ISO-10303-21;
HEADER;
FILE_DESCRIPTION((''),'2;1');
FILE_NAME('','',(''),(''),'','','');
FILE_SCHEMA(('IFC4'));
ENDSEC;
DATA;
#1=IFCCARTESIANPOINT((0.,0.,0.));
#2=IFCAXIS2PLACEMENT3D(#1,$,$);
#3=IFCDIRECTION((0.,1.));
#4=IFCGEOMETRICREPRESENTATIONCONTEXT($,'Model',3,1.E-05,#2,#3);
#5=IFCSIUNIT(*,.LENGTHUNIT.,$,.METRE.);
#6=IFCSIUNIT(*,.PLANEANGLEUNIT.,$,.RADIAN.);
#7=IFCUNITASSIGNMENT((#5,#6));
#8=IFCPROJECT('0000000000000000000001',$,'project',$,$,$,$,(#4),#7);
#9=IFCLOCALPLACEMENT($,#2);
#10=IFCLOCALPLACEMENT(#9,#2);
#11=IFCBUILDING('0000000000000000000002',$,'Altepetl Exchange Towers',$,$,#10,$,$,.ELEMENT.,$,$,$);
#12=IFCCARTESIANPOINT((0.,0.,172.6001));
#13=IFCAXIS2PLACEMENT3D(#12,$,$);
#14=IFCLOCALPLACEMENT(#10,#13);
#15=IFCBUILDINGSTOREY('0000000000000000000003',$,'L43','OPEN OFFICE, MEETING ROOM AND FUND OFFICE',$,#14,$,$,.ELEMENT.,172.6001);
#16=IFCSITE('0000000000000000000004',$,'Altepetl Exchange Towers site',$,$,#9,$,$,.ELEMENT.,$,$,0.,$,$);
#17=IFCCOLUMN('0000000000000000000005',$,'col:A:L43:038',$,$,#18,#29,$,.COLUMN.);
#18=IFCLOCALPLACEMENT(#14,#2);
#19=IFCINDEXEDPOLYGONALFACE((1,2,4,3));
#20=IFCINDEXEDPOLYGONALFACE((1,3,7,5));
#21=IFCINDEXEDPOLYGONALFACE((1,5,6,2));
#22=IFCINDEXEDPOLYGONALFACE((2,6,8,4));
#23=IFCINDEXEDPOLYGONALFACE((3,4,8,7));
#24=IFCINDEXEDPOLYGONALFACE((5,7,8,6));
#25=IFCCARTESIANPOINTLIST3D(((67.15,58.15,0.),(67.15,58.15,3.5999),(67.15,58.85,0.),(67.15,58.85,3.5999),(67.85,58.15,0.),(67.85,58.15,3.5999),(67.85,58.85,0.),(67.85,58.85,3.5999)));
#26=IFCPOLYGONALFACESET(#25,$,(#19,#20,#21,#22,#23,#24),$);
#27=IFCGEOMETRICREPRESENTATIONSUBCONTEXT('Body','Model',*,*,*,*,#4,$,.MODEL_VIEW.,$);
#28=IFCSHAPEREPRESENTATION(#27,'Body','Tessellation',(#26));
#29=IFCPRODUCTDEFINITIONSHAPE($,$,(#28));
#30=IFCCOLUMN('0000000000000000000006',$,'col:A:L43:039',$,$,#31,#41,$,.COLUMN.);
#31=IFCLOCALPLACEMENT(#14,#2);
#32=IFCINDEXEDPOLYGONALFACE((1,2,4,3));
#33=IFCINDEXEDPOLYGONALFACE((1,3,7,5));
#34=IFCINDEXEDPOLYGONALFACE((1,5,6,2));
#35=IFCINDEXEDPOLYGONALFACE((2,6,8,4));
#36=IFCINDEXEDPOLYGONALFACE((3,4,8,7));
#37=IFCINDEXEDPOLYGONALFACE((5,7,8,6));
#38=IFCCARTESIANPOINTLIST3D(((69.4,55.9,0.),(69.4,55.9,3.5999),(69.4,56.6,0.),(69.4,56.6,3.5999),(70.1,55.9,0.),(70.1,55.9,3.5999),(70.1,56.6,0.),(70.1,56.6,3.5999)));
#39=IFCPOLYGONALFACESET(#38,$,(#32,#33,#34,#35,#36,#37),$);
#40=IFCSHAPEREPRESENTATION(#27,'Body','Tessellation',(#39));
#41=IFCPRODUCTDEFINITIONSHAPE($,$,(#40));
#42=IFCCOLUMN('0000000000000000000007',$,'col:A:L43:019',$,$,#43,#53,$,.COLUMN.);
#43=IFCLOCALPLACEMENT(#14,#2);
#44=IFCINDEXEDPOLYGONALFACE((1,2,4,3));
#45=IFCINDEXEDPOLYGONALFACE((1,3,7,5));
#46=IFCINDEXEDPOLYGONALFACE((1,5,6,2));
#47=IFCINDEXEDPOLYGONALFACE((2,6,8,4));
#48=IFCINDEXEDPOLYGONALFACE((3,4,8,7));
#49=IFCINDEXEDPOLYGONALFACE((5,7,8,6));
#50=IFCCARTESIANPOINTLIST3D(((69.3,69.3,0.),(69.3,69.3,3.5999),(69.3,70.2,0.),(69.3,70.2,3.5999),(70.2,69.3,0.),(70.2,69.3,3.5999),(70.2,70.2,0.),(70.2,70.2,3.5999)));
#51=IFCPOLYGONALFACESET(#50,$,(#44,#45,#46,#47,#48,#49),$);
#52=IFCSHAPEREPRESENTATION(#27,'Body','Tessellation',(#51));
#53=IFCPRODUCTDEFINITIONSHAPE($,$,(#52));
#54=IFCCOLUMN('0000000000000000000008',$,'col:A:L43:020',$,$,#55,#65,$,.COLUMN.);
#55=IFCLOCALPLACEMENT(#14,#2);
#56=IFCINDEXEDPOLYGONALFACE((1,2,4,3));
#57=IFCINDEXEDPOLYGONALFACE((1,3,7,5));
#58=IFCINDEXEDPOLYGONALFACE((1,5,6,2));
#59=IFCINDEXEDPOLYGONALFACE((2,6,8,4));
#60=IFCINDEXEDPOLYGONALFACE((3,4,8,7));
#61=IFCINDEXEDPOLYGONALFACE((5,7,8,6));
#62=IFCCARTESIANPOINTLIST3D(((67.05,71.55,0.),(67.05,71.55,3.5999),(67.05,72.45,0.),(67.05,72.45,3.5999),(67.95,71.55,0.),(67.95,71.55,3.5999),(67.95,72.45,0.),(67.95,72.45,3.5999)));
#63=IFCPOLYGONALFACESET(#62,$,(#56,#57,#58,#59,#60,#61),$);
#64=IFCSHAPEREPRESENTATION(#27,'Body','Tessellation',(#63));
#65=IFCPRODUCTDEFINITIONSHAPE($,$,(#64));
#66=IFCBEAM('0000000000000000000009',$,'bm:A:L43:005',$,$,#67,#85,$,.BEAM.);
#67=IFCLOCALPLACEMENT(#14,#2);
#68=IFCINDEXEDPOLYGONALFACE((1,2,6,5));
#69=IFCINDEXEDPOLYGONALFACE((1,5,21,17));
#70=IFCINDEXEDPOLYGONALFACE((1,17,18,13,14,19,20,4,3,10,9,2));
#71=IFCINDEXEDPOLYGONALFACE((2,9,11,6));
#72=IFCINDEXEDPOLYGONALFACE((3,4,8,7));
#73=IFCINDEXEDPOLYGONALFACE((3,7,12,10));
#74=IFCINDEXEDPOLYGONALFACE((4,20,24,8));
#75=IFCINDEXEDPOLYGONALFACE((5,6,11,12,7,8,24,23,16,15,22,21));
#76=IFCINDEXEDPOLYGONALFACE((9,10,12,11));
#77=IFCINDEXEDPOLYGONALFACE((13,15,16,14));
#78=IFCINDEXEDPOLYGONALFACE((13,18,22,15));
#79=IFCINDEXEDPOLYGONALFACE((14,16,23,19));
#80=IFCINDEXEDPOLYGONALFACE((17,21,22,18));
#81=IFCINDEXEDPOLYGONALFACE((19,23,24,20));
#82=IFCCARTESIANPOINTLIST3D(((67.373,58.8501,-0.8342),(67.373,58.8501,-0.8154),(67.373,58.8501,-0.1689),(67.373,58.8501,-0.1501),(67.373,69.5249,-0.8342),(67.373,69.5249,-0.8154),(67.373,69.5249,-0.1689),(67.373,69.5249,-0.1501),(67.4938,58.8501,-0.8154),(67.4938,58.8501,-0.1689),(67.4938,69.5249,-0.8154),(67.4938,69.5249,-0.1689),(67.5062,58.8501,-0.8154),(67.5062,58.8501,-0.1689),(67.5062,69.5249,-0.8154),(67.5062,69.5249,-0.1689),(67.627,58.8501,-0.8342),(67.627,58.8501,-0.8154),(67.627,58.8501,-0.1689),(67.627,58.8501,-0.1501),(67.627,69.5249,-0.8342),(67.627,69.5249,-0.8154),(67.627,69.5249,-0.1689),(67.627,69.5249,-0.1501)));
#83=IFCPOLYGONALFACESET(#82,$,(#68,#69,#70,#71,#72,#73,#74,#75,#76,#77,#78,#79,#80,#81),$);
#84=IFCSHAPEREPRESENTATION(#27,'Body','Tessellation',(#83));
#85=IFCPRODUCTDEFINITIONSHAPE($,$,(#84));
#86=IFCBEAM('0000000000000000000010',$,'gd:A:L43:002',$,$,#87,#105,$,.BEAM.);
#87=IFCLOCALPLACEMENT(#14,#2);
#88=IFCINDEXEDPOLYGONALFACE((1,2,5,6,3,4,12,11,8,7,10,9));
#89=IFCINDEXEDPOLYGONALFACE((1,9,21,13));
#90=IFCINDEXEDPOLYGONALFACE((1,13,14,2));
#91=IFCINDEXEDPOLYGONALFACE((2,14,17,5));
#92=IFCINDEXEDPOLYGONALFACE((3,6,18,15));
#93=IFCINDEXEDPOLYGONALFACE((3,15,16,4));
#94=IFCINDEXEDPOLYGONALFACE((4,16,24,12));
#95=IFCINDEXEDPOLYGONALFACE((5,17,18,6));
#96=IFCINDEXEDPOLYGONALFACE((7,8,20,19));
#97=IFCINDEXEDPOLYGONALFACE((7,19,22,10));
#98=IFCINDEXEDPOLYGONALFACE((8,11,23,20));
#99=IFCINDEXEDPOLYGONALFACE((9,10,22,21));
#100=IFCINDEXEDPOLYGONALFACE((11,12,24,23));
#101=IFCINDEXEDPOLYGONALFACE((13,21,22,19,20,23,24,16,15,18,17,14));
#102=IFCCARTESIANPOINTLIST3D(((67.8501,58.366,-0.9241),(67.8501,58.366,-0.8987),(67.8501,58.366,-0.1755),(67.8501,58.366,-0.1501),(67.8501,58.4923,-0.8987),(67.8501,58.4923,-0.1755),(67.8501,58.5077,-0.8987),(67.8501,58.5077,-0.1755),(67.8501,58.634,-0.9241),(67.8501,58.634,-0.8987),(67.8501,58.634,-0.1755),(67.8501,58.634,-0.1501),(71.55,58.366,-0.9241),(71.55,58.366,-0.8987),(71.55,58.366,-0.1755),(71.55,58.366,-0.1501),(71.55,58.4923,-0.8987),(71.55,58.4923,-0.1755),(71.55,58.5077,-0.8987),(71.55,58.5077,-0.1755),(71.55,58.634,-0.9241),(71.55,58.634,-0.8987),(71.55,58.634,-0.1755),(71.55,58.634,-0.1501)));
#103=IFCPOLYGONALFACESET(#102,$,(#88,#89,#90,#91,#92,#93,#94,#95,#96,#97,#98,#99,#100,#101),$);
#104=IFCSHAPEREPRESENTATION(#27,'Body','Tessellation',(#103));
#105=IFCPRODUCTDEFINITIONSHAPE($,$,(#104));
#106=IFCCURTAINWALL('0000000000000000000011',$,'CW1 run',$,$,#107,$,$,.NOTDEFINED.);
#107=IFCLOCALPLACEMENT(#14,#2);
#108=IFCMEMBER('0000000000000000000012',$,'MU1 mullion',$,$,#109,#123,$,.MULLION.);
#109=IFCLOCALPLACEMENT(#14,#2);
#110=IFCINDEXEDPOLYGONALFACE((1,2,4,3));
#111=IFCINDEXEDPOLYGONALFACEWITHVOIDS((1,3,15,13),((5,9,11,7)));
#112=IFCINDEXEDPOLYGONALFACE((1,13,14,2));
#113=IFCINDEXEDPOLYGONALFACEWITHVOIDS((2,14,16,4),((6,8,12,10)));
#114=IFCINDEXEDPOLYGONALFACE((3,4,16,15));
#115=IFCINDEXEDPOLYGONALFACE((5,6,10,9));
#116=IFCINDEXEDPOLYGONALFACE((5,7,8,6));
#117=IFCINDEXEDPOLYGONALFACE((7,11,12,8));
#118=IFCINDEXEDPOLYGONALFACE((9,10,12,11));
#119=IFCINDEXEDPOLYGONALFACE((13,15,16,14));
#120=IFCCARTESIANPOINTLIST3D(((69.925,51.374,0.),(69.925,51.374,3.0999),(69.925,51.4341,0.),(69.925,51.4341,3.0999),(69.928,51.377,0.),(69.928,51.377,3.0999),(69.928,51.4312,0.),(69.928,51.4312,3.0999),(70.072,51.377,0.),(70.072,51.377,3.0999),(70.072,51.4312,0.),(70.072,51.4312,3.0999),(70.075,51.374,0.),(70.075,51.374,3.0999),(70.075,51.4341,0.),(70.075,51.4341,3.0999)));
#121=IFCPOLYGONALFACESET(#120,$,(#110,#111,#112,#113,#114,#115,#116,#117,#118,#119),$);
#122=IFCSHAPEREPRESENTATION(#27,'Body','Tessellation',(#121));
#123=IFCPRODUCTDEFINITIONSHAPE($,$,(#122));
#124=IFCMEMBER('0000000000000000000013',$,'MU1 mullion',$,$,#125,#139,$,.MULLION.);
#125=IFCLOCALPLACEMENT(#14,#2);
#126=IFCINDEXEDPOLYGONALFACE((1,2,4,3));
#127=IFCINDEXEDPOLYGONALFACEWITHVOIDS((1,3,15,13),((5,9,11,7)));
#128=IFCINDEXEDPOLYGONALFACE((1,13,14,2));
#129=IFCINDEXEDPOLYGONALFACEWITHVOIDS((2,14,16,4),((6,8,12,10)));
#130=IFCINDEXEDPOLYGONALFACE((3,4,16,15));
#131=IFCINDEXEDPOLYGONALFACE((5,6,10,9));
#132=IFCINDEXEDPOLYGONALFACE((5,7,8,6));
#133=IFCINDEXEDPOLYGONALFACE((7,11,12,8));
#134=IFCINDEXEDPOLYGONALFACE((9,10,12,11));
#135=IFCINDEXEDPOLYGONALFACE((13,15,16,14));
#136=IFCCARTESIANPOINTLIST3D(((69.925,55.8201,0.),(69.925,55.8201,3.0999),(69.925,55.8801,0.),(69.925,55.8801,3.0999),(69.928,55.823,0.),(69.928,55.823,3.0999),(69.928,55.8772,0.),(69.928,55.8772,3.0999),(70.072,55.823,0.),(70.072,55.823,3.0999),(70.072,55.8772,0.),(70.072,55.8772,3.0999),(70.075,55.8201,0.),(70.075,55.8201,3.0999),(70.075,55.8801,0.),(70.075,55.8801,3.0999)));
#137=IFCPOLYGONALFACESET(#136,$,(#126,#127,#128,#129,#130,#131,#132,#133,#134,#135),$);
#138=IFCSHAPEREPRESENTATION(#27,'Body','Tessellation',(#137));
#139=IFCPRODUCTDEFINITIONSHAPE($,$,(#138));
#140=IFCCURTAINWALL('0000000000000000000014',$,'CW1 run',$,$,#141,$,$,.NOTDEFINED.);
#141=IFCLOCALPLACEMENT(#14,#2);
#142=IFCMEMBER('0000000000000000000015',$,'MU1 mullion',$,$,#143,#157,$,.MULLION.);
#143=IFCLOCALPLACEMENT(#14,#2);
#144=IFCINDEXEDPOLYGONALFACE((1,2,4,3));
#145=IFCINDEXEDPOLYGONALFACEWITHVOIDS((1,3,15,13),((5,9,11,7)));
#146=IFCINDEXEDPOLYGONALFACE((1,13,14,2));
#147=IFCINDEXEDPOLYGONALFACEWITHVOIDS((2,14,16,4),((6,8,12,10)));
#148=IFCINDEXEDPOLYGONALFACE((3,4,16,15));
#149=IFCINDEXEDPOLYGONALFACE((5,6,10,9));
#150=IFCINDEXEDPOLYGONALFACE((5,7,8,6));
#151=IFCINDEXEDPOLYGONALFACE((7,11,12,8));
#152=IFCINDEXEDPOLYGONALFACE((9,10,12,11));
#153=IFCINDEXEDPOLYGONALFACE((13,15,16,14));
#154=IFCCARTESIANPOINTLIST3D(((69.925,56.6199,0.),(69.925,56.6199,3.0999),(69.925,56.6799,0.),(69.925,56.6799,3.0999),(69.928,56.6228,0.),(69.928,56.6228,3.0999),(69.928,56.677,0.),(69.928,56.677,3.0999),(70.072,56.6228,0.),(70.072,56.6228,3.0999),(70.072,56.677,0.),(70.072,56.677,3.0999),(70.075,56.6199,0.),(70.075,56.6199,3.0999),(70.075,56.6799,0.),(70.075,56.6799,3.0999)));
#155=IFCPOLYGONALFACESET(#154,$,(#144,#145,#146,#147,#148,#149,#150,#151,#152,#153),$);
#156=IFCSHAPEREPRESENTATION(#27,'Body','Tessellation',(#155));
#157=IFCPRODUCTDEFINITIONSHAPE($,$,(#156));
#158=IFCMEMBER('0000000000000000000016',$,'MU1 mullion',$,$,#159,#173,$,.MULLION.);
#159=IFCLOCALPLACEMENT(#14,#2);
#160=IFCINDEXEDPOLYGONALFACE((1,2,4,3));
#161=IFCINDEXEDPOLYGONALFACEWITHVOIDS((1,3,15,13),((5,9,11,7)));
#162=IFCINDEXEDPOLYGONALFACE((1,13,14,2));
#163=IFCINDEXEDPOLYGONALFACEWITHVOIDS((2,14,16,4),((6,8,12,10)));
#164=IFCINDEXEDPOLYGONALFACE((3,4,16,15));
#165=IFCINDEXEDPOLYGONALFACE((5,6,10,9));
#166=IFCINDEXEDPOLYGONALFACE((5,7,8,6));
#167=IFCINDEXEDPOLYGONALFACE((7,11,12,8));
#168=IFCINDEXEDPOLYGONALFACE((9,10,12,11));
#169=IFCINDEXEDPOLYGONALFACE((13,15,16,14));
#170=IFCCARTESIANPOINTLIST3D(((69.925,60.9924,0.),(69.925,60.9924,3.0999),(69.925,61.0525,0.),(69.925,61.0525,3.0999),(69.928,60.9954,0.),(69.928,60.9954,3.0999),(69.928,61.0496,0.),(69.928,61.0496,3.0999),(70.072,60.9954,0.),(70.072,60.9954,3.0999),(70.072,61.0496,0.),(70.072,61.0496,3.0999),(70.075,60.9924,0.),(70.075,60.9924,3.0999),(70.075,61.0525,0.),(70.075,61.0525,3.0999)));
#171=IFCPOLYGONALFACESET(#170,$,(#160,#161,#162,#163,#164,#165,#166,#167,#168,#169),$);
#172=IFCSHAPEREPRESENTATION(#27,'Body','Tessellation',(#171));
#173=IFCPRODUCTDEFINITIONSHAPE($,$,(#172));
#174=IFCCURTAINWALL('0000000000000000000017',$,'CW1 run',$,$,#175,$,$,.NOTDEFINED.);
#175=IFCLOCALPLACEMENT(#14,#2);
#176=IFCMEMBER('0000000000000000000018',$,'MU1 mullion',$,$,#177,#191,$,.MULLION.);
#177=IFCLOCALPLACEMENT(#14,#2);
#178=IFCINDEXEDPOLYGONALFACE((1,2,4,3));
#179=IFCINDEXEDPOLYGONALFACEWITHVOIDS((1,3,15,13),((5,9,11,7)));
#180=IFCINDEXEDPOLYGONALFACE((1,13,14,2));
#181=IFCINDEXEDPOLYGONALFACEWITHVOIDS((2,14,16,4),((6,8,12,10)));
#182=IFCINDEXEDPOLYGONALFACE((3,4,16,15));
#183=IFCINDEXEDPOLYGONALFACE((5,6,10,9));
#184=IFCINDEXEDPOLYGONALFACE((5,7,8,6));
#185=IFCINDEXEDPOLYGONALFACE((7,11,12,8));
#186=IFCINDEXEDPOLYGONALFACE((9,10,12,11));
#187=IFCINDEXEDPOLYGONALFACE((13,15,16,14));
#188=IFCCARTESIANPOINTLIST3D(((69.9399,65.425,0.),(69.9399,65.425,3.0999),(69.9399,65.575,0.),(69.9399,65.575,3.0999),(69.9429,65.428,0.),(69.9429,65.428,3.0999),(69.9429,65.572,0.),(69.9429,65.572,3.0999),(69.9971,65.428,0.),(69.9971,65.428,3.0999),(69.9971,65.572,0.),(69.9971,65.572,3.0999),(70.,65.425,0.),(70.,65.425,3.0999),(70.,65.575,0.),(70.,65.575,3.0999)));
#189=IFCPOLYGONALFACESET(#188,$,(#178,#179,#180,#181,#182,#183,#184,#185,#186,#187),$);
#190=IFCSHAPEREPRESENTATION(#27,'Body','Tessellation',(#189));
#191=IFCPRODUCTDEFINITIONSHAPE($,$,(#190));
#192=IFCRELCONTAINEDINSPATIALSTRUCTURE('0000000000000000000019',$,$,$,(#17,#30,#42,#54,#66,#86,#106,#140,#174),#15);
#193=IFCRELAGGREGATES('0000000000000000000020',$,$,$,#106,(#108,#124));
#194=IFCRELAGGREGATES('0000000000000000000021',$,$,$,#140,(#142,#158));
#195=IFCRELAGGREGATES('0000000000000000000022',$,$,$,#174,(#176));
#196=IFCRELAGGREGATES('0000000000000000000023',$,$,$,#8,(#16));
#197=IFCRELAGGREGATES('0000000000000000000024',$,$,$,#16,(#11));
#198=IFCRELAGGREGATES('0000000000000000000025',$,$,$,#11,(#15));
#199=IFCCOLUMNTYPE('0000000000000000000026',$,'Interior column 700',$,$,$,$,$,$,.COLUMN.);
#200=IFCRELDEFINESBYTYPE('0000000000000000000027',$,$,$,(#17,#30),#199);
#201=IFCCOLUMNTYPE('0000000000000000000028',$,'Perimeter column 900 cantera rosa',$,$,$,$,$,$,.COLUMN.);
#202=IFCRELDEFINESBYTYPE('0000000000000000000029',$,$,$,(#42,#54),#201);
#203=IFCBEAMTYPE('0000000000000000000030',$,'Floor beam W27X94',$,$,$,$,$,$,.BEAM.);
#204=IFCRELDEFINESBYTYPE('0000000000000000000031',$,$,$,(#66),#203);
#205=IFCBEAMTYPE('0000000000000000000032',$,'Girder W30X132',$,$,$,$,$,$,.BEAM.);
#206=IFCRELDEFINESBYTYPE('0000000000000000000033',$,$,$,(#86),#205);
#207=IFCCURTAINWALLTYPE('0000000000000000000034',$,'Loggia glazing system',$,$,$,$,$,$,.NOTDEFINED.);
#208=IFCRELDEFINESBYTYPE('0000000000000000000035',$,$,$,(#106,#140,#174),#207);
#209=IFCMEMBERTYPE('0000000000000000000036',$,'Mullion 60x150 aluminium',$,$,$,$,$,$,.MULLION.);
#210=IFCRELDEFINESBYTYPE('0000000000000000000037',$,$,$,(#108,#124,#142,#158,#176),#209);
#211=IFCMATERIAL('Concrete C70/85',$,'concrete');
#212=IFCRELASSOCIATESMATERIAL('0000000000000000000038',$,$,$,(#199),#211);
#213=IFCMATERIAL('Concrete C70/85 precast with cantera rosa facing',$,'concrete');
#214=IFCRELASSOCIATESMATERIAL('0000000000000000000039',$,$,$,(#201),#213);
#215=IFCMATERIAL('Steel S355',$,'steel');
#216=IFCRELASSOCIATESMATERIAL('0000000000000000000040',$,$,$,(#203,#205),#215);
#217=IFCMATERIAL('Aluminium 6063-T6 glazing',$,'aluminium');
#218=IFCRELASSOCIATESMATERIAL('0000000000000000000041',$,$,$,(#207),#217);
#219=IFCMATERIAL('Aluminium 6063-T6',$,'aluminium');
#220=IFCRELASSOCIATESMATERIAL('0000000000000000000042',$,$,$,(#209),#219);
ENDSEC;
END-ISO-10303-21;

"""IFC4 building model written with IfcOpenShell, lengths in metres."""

from ifc_helpers import new_model, si_unit, direction, frame, origin, origin_2d, place, context, subcontext, project, spatial, rectangle, hollow_rectangle, i_section, extrude, material, material_profile, profile_set, type_object, element, aggregate, save


model = new_model("IFC4")

# Units and contexts
model_context = context("Model", 3, precision=1e-05, world=origin(), true_north=direction((0.0, 1.0)))
body_context = subcontext(model_context, "Body", "Model", "MODEL_VIEW")
ifc_project = project(units=[si_unit("LENGTHUNIT", "METRE"), si_unit("PLANEANGLEUNIT", "RADIAN")], contexts=[model_context])

# Site, building, storey
site_placement = place(None, origin())
site = spatial("IfcSite", under=ifc_project, at=site_placement, Name="Altepetl Exchange Towers site", CompositionType="ELEMENT", RefElevation=0.0)
building_placement = place(site_placement, origin())
building = spatial("IfcBuilding", under=site, at=building_placement, Name="Altepetl Exchange Towers", CompositionType="ELEMENT")
storey_placement = place(building_placement, frame((0.0, 0.0, 172.6001)))
storey = spatial("IfcBuildingStorey", under=building, at=storey_placement, Name="L43", Description="OPEN OFFICE, MEETING ROOM AND FUND OFFICE", CompositionType="ELEMENT", Elevation=172.6001)

# Columns
ifc_material_1 = material(Name="Concrete C70/85", Category="concrete")
ifc_material_profile_1 = material_profile(ifc_material_1, rectangle(XDim=0.7, YDim=0.7, at=origin_2d()), Name="700 x 700")
ifc_profile_set_1 = profile_set([ifc_material_profile_1], Name="Concrete C70/85")
column_type_1 = type_object("IfcColumnType", Name="Interior column 700", PredefinedType="COLUMN", material=ifc_profile_set_1)
for number, where, name in (
    (1, (67.5, 58.5, 0.0), "col:A:L43:038"),
    (2, (69.75, 56.25, 0.0), "col:A:L43:039"),
):
    element("IfcColumn", number, at=place(storey_placement, frame(where)), inside=storey, type_object=column_type_1, Name=name, PredefinedType="COLUMN", context=body_context, shape_type="SweptSolid", body=[
        extrude(rectangle(XDim=0.7, YDim=0.7, at=origin_2d()), origin(), (0.0, 0.0, 1.0), 3.5999),
    ])
ifc_material_2 = material(Name="Concrete C70/85 precast with cantera rosa facing", Category="concrete")
ifc_material_profile_2 = material_profile(ifc_material_2, rectangle(XDim=0.8999, YDim=0.8999, at=origin_2d()), Name="900 x 900")
ifc_profile_set_2 = profile_set([ifc_material_profile_2], Name="Concrete C70/85 precast with cantera rosa facing")
column_type_2 = type_object("IfcColumnType", Name="Perimeter column 900 cantera rosa", PredefinedType="COLUMN", material=ifc_profile_set_2)
for number, where, name in (
    (3, (69.75, 69.75, 0.0), "col:A:L43:019"),
    (4, (67.5, 72.0, 0.0), "col:A:L43:020"),
):
    element("IfcColumn", number, at=place(storey_placement, frame(where)), inside=storey, type_object=column_type_2, Name=name, PredefinedType="COLUMN", context=body_context, shape_type="SweptSolid", body=[
        extrude(rectangle(XDim=0.8999, YDim=0.8999, at=origin_2d()), origin(), (0.0, 0.0, 1.0), 3.5999),
    ])

# Beams
ifc_material_3 = material(Name="Steel S355", Category="steel")
ifc_material_profile_3 = material_profile(ifc_material_3, i_section(OverallWidth=0.2539, OverallDepth=0.6841, WebThickness=0.0125, FlangeThickness=0.0188, at=origin_2d()), Name="W27X94")
ifc_profile_set_3 = profile_set([ifc_material_profile_3], Name="Steel S355")
beam_type_1 = type_object("IfcBeamType", Name="Floor beam W27X94", PredefinedType="BEAM", material=ifc_profile_set_3)
beam_1_placement = place(storey_placement, frame((67.5, 58.8501, -0.4922), z_axis=(0.0, 1.0, 0.0), x_axis=(-1.0, 0.0, 0.0)))
element("IfcBeam", 5, at=beam_1_placement, inside=storey, type_object=beam_type_1, Name="bm:A:L43:005", PredefinedType="BEAM", context=body_context, shape_type="SweptSolid", body=[
    extrude(i_section(OverallWidth=0.2539, OverallDepth=0.6841, WebThickness=0.0125, FlangeThickness=0.0188, at=origin_2d()), origin(), (0.0, 0.0, 1.0), 10.6748),
])
ifc_material_profile_4 = material_profile(ifc_material_3, i_section(OverallWidth=0.2681, OverallDepth=0.7739, WebThickness=0.0154, FlangeThickness=0.0254, at=origin_2d()), Name="W30X132")
ifc_profile_set_4 = profile_set([ifc_material_profile_4], Name="Steel S355")
beam_type_2 = type_object("IfcBeamType", Name="Girder W30X132", PredefinedType="BEAM", material=ifc_profile_set_4)
beam_2_placement = place(storey_placement, frame((67.8501, 58.5, -0.5371), z_axis=(1.0, 0.0, 0.0), x_axis=(0.0, 1.0, 0.0)))
element("IfcBeam", 6, at=beam_2_placement, inside=storey, type_object=beam_type_2, Name="gd:A:L43:002", PredefinedType="BEAM", context=body_context, shape_type="SweptSolid", body=[
    extrude(i_section(OverallWidth=0.2681, OverallDepth=0.7739, WebThickness=0.0154, FlangeThickness=0.0254, at=origin_2d()), origin(), (0.0, 0.0, 1.0), 3.7),
])

# Curtain walls, members
ifc_material_4 = material(Name="Aluminium 6063-T6 glazing", Category="aluminium")
curtain_wall_type = type_object("IfcCurtainWallType", Name="Loggia glazing system", PredefinedType="NOTDEFINED", material=ifc_material_4)
curtain_wall_1_placement = place(storey_placement, origin())
curtain_wall_1 = element("IfcCurtainWall", 7, at=curtain_wall_1_placement, inside=storey, type_object=curtain_wall_type, Name="CW1 run", PredefinedType="NOTDEFINED")
ifc_material_5 = material(Name="Aluminium 6063-T6", Category="aluminium")
ifc_material_profile_5 = material_profile(ifc_material_5, hollow_rectangle(XDim=0.0601, YDim=0.1499, WallThickness=0.0029, at=origin_2d()), Name="Mullion 60x150 aluminium")
ifc_profile_set_5 = profile_set([ifc_material_profile_5], Name="Aluminium 6063-T6")
member_type = type_object("IfcMemberType", Name="Mullion 60x150 aluminium", PredefinedType="MULLION", material=ifc_profile_set_5)
member_1_placement = place(storey_placement, frame((70.0, 51.4041, 0.0), z_axis=(0.0, 0.0, 1.0), x_axis=(0.0, 1.0, 0.0)))
member_1 = element("IfcMember", 8, at=member_1_placement, type_object=member_type, Name="MU1 mullion", PredefinedType="MULLION", context=body_context, shape_type="SweptSolid", body=[
    extrude(hollow_rectangle(XDim=0.0601, YDim=0.1499, WallThickness=0.0029, at=origin_2d()), origin(), (0.0, 0.0, 1.0), 3.0999),
])
member_2_placement = place(storey_placement, frame((70.0, 55.8501, 0.0), z_axis=(0.0, 0.0, 1.0), x_axis=(0.0, 1.0, 0.0)))
member_2 = element("IfcMember", 9, at=member_2_placement, type_object=member_type, Name="MU1 mullion", PredefinedType="MULLION", context=body_context, shape_type="SweptSolid", body=[
    extrude(hollow_rectangle(XDim=0.0601, YDim=0.1499, WallThickness=0.0029, at=origin_2d()), origin(), (0.0, 0.0, 1.0), 3.0999),
])
curtain_wall_2_placement = place(storey_placement, origin())
curtain_wall_2 = element("IfcCurtainWall", 10, at=curtain_wall_2_placement, inside=storey, type_object=curtain_wall_type, Name="CW1 run", PredefinedType="NOTDEFINED")
member_3_placement = place(storey_placement, frame((70.0, 56.6499, 0.0), z_axis=(0.0, 0.0, 1.0), x_axis=(0.0, 1.0, 0.0)))
member_3 = element("IfcMember", 11, at=member_3_placement, type_object=member_type, Name="MU1 mullion", PredefinedType="MULLION", context=body_context, shape_type="SweptSolid", body=[
    extrude(hollow_rectangle(XDim=0.0601, YDim=0.1499, WallThickness=0.0029, at=origin_2d()), origin(), (0.0, 0.0, 1.0), 3.0999),
])
member_4_placement = place(storey_placement, frame((70.0, 61.0225, 0.0), z_axis=(0.0, 0.0, 1.0), x_axis=(0.0, 1.0, 0.0)))
member_4 = element("IfcMember", 12, at=member_4_placement, type_object=member_type, Name="MU1 mullion", PredefinedType="MULLION", context=body_context, shape_type="SweptSolid", body=[
    extrude(hollow_rectangle(XDim=0.0601, YDim=0.1499, WallThickness=0.0029, at=origin_2d()), origin(), (0.0, 0.0, 1.0), 3.0999),
])
curtain_wall_3_placement = place(storey_placement, origin())
curtain_wall_3 = element("IfcCurtainWall", 13, at=curtain_wall_3_placement, inside=storey, type_object=curtain_wall_type, Name="CW1 run", PredefinedType="NOTDEFINED")
member_5_placement = place(storey_placement, frame((69.97, 65.5, 0.0), z_axis=(0.0, 0.0, 1.0), x_axis=(-1.0, 0.0, 0.0)))
member_5 = element("IfcMember", 14, at=member_5_placement, type_object=member_type, Name="MU1 mullion", PredefinedType="MULLION", context=body_context, shape_type="SweptSolid", body=[
    extrude(hollow_rectangle(XDim=0.0601, YDim=0.1499, WallThickness=0.0029, at=origin_2d()), origin(), (0.0, 0.0, 1.0), 3.0999),
])

aggregate(curtain_wall_1, [member_1, member_2])
aggregate(curtain_wall_2, [member_3, member_4])
aggregate(curtain_wall_3, [member_5])

save(model, "model.ifc")
